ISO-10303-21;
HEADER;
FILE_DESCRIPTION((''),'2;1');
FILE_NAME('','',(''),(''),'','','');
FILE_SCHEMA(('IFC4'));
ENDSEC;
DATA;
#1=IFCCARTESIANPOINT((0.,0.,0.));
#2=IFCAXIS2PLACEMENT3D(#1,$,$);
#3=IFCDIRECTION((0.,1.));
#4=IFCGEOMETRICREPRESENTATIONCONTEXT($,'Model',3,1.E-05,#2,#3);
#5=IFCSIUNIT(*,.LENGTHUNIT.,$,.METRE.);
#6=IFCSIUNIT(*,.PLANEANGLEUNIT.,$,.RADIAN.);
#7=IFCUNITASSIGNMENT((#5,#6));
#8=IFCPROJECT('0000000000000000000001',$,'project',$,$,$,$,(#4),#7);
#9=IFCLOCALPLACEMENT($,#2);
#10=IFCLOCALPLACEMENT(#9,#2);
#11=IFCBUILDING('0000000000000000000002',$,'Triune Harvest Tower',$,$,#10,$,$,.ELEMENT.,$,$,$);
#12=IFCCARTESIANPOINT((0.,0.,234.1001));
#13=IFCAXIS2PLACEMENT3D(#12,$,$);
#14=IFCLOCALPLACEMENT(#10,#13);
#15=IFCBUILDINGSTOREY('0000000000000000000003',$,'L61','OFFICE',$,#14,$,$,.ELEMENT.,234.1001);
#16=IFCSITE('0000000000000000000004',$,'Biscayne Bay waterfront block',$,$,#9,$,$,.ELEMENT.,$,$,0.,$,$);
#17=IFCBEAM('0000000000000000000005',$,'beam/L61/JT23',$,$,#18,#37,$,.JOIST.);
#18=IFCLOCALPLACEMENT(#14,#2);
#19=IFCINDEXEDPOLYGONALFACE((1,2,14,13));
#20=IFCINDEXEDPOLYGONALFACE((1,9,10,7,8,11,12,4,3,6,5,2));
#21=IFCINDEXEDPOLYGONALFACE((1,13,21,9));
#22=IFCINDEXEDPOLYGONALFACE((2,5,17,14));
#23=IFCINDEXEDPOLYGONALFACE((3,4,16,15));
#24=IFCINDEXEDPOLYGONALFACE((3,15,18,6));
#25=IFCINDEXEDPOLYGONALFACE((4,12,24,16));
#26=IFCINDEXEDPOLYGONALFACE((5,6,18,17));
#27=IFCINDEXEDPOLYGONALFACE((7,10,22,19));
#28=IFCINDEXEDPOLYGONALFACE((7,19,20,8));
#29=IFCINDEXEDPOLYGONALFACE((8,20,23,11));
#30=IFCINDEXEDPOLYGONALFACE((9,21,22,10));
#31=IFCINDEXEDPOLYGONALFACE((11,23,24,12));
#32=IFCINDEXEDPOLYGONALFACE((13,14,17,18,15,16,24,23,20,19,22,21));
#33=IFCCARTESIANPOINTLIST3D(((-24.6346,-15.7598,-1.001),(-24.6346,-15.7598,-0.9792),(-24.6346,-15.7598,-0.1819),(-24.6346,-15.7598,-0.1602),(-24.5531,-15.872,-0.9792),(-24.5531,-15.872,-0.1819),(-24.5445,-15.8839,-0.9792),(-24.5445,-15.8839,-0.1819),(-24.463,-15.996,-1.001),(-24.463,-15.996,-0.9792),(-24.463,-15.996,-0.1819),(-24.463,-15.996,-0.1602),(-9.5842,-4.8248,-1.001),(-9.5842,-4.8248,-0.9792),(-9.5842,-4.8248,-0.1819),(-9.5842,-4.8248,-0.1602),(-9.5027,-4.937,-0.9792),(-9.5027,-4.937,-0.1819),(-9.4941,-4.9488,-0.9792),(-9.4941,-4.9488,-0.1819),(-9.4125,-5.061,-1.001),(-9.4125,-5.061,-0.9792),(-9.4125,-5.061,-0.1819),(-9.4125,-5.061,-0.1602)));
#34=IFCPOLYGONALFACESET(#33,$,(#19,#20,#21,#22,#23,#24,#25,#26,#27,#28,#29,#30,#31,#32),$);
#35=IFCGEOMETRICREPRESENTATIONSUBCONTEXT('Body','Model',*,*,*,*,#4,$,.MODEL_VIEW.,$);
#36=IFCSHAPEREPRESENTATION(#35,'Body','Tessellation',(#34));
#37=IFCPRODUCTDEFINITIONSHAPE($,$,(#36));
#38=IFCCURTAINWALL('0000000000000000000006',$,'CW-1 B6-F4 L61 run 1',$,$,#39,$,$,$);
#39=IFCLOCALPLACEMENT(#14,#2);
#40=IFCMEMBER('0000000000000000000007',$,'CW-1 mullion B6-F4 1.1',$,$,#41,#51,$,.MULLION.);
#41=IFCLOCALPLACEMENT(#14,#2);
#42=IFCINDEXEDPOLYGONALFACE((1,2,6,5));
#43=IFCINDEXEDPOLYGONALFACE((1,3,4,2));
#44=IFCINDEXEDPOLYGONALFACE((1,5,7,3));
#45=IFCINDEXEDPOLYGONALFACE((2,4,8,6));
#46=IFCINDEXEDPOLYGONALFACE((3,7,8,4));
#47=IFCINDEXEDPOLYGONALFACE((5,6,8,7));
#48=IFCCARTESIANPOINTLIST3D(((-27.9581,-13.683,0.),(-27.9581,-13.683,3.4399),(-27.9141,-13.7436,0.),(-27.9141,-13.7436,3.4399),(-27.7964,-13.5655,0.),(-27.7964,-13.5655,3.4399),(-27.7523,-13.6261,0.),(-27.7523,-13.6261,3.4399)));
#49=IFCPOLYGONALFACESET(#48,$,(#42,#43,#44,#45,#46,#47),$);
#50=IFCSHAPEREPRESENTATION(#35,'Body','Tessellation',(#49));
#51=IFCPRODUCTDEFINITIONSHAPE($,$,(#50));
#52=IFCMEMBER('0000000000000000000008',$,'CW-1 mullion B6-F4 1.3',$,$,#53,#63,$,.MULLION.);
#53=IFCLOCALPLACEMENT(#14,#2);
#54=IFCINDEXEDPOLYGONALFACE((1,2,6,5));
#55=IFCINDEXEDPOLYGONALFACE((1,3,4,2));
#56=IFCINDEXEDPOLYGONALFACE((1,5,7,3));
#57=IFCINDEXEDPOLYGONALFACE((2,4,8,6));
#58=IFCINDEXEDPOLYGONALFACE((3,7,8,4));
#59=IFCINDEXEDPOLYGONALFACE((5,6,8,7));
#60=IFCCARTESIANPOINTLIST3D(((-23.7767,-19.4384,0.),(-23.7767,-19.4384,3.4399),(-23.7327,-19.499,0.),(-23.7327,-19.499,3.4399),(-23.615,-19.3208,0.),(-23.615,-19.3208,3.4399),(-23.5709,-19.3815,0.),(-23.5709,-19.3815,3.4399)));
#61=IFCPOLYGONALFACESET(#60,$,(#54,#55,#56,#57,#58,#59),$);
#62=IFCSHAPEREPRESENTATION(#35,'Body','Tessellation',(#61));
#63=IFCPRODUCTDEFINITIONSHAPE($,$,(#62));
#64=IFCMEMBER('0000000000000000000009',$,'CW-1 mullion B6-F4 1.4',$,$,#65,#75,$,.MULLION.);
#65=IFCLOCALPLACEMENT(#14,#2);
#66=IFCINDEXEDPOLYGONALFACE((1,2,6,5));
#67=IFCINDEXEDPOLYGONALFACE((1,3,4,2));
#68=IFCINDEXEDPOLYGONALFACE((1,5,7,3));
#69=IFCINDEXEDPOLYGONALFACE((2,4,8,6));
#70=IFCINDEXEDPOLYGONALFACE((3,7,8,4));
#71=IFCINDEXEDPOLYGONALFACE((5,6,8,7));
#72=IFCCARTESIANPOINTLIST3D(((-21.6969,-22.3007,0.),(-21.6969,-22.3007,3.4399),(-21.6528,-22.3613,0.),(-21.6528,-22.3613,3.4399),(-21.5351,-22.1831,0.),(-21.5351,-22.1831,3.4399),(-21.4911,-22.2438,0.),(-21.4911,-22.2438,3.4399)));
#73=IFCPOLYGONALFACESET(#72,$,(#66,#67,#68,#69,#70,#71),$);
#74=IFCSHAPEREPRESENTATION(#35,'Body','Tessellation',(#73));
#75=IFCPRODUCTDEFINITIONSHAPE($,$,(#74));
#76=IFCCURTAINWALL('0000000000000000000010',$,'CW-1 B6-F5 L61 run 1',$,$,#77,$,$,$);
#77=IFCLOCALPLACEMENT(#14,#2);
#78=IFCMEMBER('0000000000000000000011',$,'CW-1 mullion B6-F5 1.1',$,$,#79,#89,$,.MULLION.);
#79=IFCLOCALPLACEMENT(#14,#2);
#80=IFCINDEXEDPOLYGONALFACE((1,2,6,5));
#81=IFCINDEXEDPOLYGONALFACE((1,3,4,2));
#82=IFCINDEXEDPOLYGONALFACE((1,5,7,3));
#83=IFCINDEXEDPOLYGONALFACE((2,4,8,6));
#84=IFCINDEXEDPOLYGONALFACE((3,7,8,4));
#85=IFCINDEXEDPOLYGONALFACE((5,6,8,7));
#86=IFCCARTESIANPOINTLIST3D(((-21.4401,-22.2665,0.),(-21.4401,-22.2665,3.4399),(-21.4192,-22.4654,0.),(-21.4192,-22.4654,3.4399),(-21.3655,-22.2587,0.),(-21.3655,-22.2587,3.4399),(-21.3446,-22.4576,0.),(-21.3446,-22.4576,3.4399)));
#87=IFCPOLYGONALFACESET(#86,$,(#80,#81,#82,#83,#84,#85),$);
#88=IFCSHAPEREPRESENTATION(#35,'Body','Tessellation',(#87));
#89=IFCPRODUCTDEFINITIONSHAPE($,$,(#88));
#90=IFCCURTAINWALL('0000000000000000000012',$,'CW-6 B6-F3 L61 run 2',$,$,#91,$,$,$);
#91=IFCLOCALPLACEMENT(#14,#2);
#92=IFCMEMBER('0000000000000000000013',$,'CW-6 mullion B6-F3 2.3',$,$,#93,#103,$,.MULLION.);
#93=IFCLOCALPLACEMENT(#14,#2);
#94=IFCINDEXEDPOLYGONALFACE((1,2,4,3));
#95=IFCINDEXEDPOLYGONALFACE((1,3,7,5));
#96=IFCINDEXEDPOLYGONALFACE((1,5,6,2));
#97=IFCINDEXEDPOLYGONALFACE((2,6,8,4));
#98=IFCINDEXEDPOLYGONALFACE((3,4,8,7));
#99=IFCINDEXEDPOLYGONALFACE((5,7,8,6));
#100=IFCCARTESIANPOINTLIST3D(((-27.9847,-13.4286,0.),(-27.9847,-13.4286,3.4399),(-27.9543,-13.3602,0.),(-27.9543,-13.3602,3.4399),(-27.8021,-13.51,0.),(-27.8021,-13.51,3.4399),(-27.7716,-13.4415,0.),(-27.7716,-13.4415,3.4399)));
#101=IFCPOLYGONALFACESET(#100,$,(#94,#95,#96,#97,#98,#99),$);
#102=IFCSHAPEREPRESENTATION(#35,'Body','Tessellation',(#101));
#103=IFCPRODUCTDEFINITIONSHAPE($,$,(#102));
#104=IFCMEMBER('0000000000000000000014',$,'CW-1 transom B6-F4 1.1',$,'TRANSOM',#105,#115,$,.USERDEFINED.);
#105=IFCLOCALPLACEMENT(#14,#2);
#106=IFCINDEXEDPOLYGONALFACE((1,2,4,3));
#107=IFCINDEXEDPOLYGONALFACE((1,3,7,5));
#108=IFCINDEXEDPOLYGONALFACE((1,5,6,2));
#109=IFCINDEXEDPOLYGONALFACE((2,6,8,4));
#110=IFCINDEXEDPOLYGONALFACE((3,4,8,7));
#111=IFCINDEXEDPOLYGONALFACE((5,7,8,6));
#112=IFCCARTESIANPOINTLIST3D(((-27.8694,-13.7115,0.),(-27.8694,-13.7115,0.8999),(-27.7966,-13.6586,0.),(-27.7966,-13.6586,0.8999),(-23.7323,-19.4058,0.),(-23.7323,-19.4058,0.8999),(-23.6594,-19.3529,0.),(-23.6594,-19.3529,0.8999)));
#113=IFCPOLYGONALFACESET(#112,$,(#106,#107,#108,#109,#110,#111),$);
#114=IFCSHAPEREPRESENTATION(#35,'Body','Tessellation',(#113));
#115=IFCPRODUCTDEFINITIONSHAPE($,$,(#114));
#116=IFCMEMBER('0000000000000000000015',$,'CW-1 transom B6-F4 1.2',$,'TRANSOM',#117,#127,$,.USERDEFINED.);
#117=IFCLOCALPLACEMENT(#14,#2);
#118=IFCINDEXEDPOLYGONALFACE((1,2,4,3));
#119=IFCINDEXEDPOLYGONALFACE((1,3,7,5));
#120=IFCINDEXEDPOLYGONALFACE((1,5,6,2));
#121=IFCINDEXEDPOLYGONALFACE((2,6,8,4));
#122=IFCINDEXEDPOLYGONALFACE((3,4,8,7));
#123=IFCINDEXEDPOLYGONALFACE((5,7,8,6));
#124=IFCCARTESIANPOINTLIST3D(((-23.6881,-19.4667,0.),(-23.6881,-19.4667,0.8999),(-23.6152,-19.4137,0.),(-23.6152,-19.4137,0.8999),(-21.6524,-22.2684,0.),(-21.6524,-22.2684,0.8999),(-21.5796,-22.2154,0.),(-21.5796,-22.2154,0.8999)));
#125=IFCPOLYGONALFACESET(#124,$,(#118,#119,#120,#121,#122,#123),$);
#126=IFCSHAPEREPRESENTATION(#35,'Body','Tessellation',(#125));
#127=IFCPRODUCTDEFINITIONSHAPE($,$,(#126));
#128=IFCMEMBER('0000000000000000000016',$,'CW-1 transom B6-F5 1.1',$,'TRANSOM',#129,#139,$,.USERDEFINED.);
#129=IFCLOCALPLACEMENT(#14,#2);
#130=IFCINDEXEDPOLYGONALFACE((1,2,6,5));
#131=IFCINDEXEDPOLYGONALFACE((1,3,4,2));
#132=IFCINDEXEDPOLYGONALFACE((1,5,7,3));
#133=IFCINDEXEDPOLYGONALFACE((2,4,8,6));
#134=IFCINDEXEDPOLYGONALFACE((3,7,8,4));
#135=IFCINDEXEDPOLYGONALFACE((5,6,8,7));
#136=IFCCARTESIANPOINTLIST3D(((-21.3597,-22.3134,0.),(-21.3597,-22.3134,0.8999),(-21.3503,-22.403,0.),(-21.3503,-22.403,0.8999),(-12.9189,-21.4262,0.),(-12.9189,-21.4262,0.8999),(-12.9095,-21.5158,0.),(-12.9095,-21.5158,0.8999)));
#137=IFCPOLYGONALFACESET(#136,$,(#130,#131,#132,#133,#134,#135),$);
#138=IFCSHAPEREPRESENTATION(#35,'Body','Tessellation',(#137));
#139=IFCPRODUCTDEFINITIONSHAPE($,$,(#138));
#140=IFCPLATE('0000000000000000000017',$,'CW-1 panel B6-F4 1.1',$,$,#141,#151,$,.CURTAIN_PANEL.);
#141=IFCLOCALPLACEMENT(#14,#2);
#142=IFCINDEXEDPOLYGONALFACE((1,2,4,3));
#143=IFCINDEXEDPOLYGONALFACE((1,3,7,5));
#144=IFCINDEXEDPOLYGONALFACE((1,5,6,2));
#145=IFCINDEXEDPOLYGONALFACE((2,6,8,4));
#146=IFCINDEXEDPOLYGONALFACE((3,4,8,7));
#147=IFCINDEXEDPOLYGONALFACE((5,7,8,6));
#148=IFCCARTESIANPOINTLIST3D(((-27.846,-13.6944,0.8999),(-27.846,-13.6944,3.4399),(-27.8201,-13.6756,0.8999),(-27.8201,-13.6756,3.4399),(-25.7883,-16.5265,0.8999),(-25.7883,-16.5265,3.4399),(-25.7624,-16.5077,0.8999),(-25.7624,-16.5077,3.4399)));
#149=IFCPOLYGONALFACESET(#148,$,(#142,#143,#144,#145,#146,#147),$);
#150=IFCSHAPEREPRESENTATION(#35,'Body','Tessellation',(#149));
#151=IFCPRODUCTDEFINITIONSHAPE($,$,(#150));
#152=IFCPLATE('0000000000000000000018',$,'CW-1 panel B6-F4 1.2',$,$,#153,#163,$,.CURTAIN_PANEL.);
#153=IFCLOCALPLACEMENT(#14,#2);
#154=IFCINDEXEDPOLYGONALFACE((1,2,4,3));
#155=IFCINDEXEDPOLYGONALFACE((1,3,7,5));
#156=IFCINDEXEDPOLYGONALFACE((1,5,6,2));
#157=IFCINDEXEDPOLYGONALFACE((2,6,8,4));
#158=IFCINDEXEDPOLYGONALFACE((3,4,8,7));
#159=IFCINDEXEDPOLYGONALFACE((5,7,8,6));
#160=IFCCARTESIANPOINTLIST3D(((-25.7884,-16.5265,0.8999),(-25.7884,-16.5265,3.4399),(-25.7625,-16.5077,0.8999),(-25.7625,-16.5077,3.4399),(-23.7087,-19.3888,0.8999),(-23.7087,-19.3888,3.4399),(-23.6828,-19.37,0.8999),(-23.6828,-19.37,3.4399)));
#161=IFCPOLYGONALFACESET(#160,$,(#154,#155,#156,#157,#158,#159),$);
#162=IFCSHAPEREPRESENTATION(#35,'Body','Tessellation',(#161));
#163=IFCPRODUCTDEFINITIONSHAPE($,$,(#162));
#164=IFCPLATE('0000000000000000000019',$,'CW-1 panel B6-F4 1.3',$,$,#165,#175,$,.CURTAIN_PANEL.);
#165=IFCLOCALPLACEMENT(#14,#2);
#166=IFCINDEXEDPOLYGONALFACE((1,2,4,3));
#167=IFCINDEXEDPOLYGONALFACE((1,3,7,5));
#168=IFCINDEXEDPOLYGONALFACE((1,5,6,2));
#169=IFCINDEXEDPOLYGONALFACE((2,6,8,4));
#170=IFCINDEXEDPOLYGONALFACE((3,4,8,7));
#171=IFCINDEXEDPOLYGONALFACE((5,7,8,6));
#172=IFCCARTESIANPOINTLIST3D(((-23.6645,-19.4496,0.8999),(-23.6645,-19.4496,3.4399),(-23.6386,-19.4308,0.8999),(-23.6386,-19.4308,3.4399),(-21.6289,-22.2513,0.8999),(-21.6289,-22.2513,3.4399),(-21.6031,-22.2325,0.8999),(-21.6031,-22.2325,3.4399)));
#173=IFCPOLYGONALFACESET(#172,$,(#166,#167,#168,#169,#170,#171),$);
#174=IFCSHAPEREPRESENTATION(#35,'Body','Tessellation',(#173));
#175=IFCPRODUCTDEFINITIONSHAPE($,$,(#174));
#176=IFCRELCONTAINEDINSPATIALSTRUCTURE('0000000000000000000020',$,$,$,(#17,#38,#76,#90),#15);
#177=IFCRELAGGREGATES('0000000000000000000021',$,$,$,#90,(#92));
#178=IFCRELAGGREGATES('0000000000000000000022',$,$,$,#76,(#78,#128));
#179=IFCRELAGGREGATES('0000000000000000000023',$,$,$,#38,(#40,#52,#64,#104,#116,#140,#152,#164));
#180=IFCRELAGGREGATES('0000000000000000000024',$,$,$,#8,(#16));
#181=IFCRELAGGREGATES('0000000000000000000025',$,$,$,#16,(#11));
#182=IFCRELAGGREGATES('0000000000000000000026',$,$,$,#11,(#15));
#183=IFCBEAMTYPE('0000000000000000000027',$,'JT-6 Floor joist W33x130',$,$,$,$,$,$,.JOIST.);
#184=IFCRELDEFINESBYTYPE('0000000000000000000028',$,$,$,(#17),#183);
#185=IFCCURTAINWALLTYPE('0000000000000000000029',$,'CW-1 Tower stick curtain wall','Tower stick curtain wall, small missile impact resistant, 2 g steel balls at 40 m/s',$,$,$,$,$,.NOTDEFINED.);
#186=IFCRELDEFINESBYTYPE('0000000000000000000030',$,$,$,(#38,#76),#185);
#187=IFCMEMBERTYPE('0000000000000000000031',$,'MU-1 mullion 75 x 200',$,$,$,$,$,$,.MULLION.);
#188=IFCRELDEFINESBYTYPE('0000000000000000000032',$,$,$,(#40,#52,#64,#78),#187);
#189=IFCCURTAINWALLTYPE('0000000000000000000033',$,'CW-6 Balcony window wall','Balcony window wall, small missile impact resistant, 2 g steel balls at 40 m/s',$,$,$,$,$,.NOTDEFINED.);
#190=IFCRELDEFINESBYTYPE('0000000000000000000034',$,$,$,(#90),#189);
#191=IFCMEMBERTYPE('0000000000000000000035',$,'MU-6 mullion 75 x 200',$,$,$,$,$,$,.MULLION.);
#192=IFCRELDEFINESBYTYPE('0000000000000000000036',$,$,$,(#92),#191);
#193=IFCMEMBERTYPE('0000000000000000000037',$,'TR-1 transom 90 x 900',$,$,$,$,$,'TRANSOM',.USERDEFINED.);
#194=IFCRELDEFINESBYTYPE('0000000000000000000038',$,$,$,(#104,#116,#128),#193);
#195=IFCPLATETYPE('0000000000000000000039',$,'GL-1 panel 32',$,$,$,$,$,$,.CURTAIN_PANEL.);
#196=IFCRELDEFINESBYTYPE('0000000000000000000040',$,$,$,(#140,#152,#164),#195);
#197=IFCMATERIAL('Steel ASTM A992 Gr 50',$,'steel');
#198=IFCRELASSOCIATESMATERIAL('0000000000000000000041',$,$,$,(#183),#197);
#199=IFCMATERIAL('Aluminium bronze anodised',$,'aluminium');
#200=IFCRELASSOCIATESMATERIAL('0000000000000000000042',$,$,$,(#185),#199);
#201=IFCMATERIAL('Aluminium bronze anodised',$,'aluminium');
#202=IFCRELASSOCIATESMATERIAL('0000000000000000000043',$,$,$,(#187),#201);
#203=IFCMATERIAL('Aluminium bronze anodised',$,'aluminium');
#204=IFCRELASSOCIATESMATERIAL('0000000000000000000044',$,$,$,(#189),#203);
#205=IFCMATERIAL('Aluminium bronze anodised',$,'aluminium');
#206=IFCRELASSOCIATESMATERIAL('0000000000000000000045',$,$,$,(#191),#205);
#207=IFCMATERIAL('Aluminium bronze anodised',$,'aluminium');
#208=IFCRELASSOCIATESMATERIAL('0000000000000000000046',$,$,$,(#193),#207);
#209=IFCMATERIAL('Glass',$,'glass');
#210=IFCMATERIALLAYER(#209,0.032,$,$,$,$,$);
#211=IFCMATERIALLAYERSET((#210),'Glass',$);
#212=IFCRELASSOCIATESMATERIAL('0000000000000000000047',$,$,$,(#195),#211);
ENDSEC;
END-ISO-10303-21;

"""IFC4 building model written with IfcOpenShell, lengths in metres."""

from ifc_helpers import new_model, si_unit, direction, frame, origin, origin_2d, place, context, subcontext, project, spatial, rectangle, i_section, extrude, source, transform, mapped, material, layer, layer_set, material_profile, profile_set, type_object, element, aggregate, save


model = new_model("IFC4")

# Units and contexts
model_context = context("Model", 3, precision=1e-05, world=origin(), true_north=direction((0.0, 1.0)))
body_context = subcontext(model_context, "Body", "Model", "MODEL_VIEW")
ifc_project = project(units=[si_unit("LENGTHUNIT", "METRE"), si_unit("PLANEANGLEUNIT", "RADIAN")], contexts=[model_context])

# Site, building, storey
site_placement = place(None, origin())
site = spatial("IfcSite", under=ifc_project, at=site_placement, Name="Biscayne Bay waterfront block", CompositionType="ELEMENT", RefElevation=0.0)
building_placement = place(site_placement, origin())
building = spatial("IfcBuilding", under=site, at=building_placement, Name="Triune Harvest Tower", CompositionType="ELEMENT")
storey_placement = place(building_placement, frame((0.0, 0.0, 234.1001)))
storey = spatial("IfcBuildingStorey", under=building, at=storey_placement, Name="L61", Description="OFFICE", CompositionType="ELEMENT", Elevation=234.1001)

# Beam
ifc_material_1 = material(Name="Steel ASTM A992 Gr 50", Category="steel")
ifc_material_profile_1 = material_profile(ifc_material_1, i_section(OverallWidth=0.292, OverallDepth=0.8408, WebThickness=0.0146, FlangeThickness=0.0217, at=origin_2d()), Name="W33x130")
ifc_profile_set_1 = profile_set([ifc_material_profile_1], Name="Steel ASTM A992 Gr 50")
beam_type_1 = type_object("IfcBeamType", Name="JT-6 Floor joist W33x130", PredefinedType="JOIST", material=ifc_profile_set_1)
shared_shape_1 = source(origin(), body_context, "Body", "SweptSolid", [
    extrude(i_section(OverallWidth=0.292, OverallDepth=0.8408, WebThickness=0.0146, FlangeThickness=0.0217, at=origin_2d()), origin(), (0.0, 0.0, 1.0), 18.6035),
])
beam_1_placement = place(storey_placement, frame((-24.5488, -15.8779, -0.5806), z_axis=(0.809012, 0.587792, 0.0), x_axis=(-0.587792, 0.809012, 0.0)))
element("IfcBeam", 1, at=beam_1_placement, inside=storey, type_object=beam_type_1, Name="beam/L61/JT23", PredefinedType="JOIST", context=body_context, shape_type="MappedRepresentation", body=[
    mapped(shared_shape_1, transform((0.0, 0.0, 0.0), scale=1.0)),
])

# Curtain wall, members
ifc_material_2 = material(Name="Aluminium bronze anodised", Category="aluminium")
curtain_wall_type_1 = type_object("IfcCurtainWallType", Name="CW-1 Tower stick curtain wall", Description="Tower stick curtain wall, small missile impact resistant, 2 g steel balls at 40 m/s", PredefinedType="NOTDEFINED", material=ifc_material_2)
curtain_wall_1_placement = place(storey_placement, origin())
curtain_wall_1 = element("IfcCurtainWall", 2, at=curtain_wall_1_placement, inside=storey, type_object=curtain_wall_type_1, Name="CW-1 B6-F4 L61 run 1")
ifc_material_3 = material(Name="Aluminium bronze anodised", Category="aluminium")
ifc_material_profile_2 = material_profile(ifc_material_3, rectangle(XDim=0.2, YDim=0.075, at=origin_2d()), Name="MU-1 mullion 75 x 200")
ifc_profile_set_2 = profile_set([ifc_material_profile_2], Name="Aluminium bronze anodised")
member_type_1 = type_object("IfcMemberType", Name="MU-1 mullion 75 x 200", PredefinedType="MULLION", material=ifc_profile_set_2)
shared_shape_2 = source(origin(), body_context, "Body", "SweptSolid", [
    extrude(rectangle(XDim=0.2, YDim=0.075, at=origin_2d()), origin(), (0.0, 0.0, 1.0), 3.4399),
])
member_1_placement = place(storey_placement, frame((-27.8552, -13.6545, 0.0), z_axis=(0.0, 0.0, 1.0), x_axis=(0.809014, 0.587789, 0.0)))
member_1 = element("IfcMember", 3, at=member_1_placement, type_object=member_type_1, Name="CW-1 mullion B6-F4 1.1", PredefinedType="MULLION", context=body_context, shape_type="MappedRepresentation", body=[
    mapped(shared_shape_2, transform((0.0, 0.0, 0.0), scale=1.0)),
])
member_2_placement = place(storey_placement, frame((-23.6738, -19.4099, 0.0), z_axis=(0.0, 0.0, 1.0), x_axis=(0.809014, 0.587789, 0.0)))
member_2 = element("IfcMember", 4, at=member_2_placement, type_object=member_type_1, Name="CW-1 mullion B6-F4 1.3", PredefinedType="MULLION", context=body_context, shape_type="MappedRepresentation", body=[
    mapped(shared_shape_2, transform((0.0, 0.0, 0.0), scale=1.0)),
])
member_3_placement = place(storey_placement, frame((-21.594, -22.2722, 0.0), z_axis=(0.0, 0.0, 1.0), x_axis=(0.809014, 0.587789, 0.0)))
member_3 = element("IfcMember", 5, at=member_3_placement, type_object=member_type_1, Name="CW-1 mullion B6-F4 1.4", PredefinedType="MULLION", context=body_context, shape_type="MappedRepresentation", body=[
    mapped(shared_shape_2, transform((0.0, 0.0, 0.0), scale=1.0)),
])

# Curtain walls, members
curtain_wall_2_placement = place(storey_placement, origin())
curtain_wall_2 = element("IfcCurtainWall", 6, at=curtain_wall_2_placement, inside=storey, type_object=curtain_wall_type_1, Name="CW-1 B6-F5 L61 run 1")
member_4_placement = place(storey_placement, frame((-21.3923, -22.3621, 0.0), z_axis=(0.0, 0.0, 1.0), x_axis=(-0.104526, 0.994522, 0.0)))
member_4 = element("IfcMember", 7, at=member_4_placement, type_object=member_type_1, Name="CW-1 mullion B6-F5 1.1", PredefinedType="MULLION", context=body_context, shape_type="MappedRepresentation", body=[
    mapped(shared_shape_2, transform((0.0, 0.0, 0.0), scale=1.0)),
])
ifc_material_4 = material(Name="Aluminium bronze anodised", Category="aluminium")
curtain_wall_type_2 = type_object("IfcCurtainWallType", Name="CW-6 Balcony window wall", Description="Balcony window wall, small missile impact resistant, 2 g steel balls at 40 m/s", PredefinedType="NOTDEFINED", material=ifc_material_4)
curtain_wall_3_placement = place(storey_placement, origin())
curtain_wall_3 = element("IfcCurtainWall", 8, at=curtain_wall_3_placement, inside=storey, type_object=curtain_wall_type_2, Name="CW-6 B6-F3 L61 run 2")
ifc_material_5 = material(Name="Aluminium bronze anodised", Category="aluminium")
ifc_material_profile_3 = material_profile(ifc_material_5, rectangle(XDim=0.2, YDim=0.075, at=origin_2d()), Name="MU-6 mullion 75 x 200")
ifc_profile_set_3 = profile_set([ifc_material_profile_3], Name="Aluminium bronze anodised")
member_type_2 = type_object("IfcMemberType", Name="MU-6 mullion 75 x 200", PredefinedType="MULLION", material=ifc_profile_set_3)
shared_shape_3 = source(origin(), body_context, "Body", "SweptSolid", [
    extrude(rectangle(XDim=0.2, YDim=0.075, at=origin_2d()), origin(), (0.0, 0.0, 1.0), 3.4399),
])
member_5_placement = place(storey_placement, frame((-27.8782, -13.4351, 0.0), z_axis=(0.0, 0.0, 1.0), x_axis=(0.913545, -0.406738, 0.0)))
member_5 = element("IfcMember", 9, at=member_5_placement, type_object=member_type_2, Name="CW-6 mullion B6-F3 2.3", PredefinedType="MULLION", context=body_context, shape_type="MappedRepresentation", body=[
    mapped(shared_shape_3, transform((0.0, 0.0, 0.0), scale=1.0)),
])
aggregate(curtain_wall_3, [member_5])

# Members
ifc_material_6 = material(Name="Aluminium bronze anodised", Category="aluminium")
ifc_material_profile_4 = material_profile(ifc_material_6, rectangle(XDim=0.0901, YDim=0.8999, at=origin_2d()), Name="TR-1 transom 90 x 900")
ifc_profile_set_4 = profile_set([ifc_material_profile_4], Name="Aluminium bronze anodised")
member_type_3 = type_object("IfcMemberType", Name="TR-1 transom 90 x 900", ElementType="TRANSOM", PredefinedType="USERDEFINED", material=ifc_profile_set_4)
shared_shape_4 = source(origin(), body_context, "Body", "SweptSolid", [
    extrude(rectangle(XDim=0.0901, YDim=0.8999, at=origin_2d()), origin(), (0.0, 0.0, 1.0), 7.0386),
])
member_6_placement = place(storey_placement, frame((-27.833, -13.6851, 0.45), z_axis=(0.587788, -0.809015, 0.0), x_axis=(0.809015, 0.587788, 0.0)))
member_6 = element("IfcMember", 10, at=member_6_placement, type_object=member_type_3, Name="CW-1 transom B6-F4 1.1", ObjectType="TRANSOM", PredefinedType="USERDEFINED", context=body_context, shape_type="MappedRepresentation", body=[
    mapped(shared_shape_4, transform((0.0, 0.0, 0.0), scale=1.0)),
])
shared_shape_5 = source(origin(), body_context, "Body", "SweptSolid", [
    extrude(rectangle(XDim=0.0901, YDim=0.8999, at=origin_2d()), origin(), (0.0, 0.0, 1.0), 3.4631),
])
member_7_placement = place(storey_placement, frame((-23.6516, -19.4402, 0.45), z_axis=(0.587794, -0.80901, 0.0), x_axis=(0.80901, 0.587794, 0.0)))
member_7 = element("IfcMember", 11, at=member_7_placement, type_object=member_type_3, Name="CW-1 transom B6-F4 1.2", ObjectType="TRANSOM", PredefinedType="USERDEFINED", context=body_context, shape_type="MappedRepresentation", body=[
    mapped(shared_shape_5, transform((0.0, 0.0, 0.0), scale=1.0)),
])
shared_shape_6 = source(origin(), body_context, "Body", "SweptSolid", [
    extrude(rectangle(XDim=0.0901, YDim=0.8999, at=origin_2d()), origin(), (0.0, 0.0, 1.0), 8.4873),
])
member_8_placement = place(storey_placement, frame((-21.355, -22.3582, 0.45), z_axis=(0.994522, 0.104532, 0.0), x_axis=(-0.104532, 0.994522, 0.0)))
member_8 = element("IfcMember", 12, at=member_8_placement, type_object=member_type_3, Name="CW-1 transom B6-F5 1.1", ObjectType="TRANSOM", PredefinedType="USERDEFINED", context=body_context, shape_type="MappedRepresentation", body=[
    mapped(shared_shape_6, transform((0.0, 0.0, 0.0), scale=1.0)),
])
aggregate(curtain_wall_2, [member_4, member_8])

# Plates
ifc_material_7 = material(Name="Glass", Category="glass")
ifc_layer_1 = layer(ifc_material_7, 0.032)
ifc_layer_set_1 = layer_set([ifc_layer_1], Name="Glass")
plate_type = type_object("IfcPlateType", Name="GL-1 panel 32", PredefinedType="CURTAIN_PANEL", material=ifc_layer_set_1)
shared_shape_7 = source(origin(), body_context, "Body", "SweptSolid", [
    extrude(rectangle(XDim=3.5007, YDim=0.032, at=origin_2d()), origin(), (0.0, 0.0, 1.0), 2.54),
])
plate_1_placement = place(storey_placement, frame((-26.8042, -15.1011, 0.8999), z_axis=(0.0, 0.0, 1.0), x_axis=(0.587789, -0.809014, 0.0)))
plate_1 = element("IfcPlate", 13, at=plate_1_placement, type_object=plate_type, Name="CW-1 panel B6-F4 1.1", PredefinedType="CURTAIN_PANEL", context=body_context, shape_type="MappedRepresentation", body=[
    mapped(shared_shape_7, transform((0.0, 0.0, 0.0), scale=1.0)),
])
shared_shape_8 = source(origin(), body_context, "Body", "SweptSolid", [
    extrude(rectangle(XDim=3.5381, YDim=0.032, at=origin_2d()), origin(), (0.0, 0.0, 1.0), 2.54),
])
plate_2_placement = place(storey_placement, frame((-24.7356, -17.9482, 0.8999), z_axis=(0.0, 0.0, 1.0), x_axis=(0.587789, -0.809014, 0.0)))
plate_2 = element("IfcPlate", 14, at=plate_2_placement, type_object=plate_type, Name="CW-1 panel B6-F4 1.2", PredefinedType="CURTAIN_PANEL", context=body_context, shape_type="MappedRepresentation", body=[
    mapped(shared_shape_8, transform((0.0, 0.0, 0.0), scale=1.0)),
])
shared_shape_9 = source(origin(), body_context, "Body", "SweptSolid", [
    extrude(rectangle(XDim=3.4631, YDim=0.032, at=origin_2d()), origin(), (0.0, 0.0, 1.0), 2.54),
])
plate_3_placement = place(storey_placement, frame((-22.6338, -20.8411, 0.8999), z_axis=(0.0, 0.0, 1.0), x_axis=(0.587789, -0.809014, 0.0)))
plate_3 = element("IfcPlate", 15, at=plate_3_placement, type_object=plate_type, Name="CW-1 panel B6-F4 1.3", PredefinedType="CURTAIN_PANEL", context=body_context, shape_type="MappedRepresentation", body=[
    mapped(shared_shape_9, transform((0.0, 0.0, 0.0), scale=1.0)),
])
aggregate(curtain_wall_1, [member_1, member_2, member_3, member_6, member_7, plate_1, plate_2, plate_3])

save(model, "model.ifc")
